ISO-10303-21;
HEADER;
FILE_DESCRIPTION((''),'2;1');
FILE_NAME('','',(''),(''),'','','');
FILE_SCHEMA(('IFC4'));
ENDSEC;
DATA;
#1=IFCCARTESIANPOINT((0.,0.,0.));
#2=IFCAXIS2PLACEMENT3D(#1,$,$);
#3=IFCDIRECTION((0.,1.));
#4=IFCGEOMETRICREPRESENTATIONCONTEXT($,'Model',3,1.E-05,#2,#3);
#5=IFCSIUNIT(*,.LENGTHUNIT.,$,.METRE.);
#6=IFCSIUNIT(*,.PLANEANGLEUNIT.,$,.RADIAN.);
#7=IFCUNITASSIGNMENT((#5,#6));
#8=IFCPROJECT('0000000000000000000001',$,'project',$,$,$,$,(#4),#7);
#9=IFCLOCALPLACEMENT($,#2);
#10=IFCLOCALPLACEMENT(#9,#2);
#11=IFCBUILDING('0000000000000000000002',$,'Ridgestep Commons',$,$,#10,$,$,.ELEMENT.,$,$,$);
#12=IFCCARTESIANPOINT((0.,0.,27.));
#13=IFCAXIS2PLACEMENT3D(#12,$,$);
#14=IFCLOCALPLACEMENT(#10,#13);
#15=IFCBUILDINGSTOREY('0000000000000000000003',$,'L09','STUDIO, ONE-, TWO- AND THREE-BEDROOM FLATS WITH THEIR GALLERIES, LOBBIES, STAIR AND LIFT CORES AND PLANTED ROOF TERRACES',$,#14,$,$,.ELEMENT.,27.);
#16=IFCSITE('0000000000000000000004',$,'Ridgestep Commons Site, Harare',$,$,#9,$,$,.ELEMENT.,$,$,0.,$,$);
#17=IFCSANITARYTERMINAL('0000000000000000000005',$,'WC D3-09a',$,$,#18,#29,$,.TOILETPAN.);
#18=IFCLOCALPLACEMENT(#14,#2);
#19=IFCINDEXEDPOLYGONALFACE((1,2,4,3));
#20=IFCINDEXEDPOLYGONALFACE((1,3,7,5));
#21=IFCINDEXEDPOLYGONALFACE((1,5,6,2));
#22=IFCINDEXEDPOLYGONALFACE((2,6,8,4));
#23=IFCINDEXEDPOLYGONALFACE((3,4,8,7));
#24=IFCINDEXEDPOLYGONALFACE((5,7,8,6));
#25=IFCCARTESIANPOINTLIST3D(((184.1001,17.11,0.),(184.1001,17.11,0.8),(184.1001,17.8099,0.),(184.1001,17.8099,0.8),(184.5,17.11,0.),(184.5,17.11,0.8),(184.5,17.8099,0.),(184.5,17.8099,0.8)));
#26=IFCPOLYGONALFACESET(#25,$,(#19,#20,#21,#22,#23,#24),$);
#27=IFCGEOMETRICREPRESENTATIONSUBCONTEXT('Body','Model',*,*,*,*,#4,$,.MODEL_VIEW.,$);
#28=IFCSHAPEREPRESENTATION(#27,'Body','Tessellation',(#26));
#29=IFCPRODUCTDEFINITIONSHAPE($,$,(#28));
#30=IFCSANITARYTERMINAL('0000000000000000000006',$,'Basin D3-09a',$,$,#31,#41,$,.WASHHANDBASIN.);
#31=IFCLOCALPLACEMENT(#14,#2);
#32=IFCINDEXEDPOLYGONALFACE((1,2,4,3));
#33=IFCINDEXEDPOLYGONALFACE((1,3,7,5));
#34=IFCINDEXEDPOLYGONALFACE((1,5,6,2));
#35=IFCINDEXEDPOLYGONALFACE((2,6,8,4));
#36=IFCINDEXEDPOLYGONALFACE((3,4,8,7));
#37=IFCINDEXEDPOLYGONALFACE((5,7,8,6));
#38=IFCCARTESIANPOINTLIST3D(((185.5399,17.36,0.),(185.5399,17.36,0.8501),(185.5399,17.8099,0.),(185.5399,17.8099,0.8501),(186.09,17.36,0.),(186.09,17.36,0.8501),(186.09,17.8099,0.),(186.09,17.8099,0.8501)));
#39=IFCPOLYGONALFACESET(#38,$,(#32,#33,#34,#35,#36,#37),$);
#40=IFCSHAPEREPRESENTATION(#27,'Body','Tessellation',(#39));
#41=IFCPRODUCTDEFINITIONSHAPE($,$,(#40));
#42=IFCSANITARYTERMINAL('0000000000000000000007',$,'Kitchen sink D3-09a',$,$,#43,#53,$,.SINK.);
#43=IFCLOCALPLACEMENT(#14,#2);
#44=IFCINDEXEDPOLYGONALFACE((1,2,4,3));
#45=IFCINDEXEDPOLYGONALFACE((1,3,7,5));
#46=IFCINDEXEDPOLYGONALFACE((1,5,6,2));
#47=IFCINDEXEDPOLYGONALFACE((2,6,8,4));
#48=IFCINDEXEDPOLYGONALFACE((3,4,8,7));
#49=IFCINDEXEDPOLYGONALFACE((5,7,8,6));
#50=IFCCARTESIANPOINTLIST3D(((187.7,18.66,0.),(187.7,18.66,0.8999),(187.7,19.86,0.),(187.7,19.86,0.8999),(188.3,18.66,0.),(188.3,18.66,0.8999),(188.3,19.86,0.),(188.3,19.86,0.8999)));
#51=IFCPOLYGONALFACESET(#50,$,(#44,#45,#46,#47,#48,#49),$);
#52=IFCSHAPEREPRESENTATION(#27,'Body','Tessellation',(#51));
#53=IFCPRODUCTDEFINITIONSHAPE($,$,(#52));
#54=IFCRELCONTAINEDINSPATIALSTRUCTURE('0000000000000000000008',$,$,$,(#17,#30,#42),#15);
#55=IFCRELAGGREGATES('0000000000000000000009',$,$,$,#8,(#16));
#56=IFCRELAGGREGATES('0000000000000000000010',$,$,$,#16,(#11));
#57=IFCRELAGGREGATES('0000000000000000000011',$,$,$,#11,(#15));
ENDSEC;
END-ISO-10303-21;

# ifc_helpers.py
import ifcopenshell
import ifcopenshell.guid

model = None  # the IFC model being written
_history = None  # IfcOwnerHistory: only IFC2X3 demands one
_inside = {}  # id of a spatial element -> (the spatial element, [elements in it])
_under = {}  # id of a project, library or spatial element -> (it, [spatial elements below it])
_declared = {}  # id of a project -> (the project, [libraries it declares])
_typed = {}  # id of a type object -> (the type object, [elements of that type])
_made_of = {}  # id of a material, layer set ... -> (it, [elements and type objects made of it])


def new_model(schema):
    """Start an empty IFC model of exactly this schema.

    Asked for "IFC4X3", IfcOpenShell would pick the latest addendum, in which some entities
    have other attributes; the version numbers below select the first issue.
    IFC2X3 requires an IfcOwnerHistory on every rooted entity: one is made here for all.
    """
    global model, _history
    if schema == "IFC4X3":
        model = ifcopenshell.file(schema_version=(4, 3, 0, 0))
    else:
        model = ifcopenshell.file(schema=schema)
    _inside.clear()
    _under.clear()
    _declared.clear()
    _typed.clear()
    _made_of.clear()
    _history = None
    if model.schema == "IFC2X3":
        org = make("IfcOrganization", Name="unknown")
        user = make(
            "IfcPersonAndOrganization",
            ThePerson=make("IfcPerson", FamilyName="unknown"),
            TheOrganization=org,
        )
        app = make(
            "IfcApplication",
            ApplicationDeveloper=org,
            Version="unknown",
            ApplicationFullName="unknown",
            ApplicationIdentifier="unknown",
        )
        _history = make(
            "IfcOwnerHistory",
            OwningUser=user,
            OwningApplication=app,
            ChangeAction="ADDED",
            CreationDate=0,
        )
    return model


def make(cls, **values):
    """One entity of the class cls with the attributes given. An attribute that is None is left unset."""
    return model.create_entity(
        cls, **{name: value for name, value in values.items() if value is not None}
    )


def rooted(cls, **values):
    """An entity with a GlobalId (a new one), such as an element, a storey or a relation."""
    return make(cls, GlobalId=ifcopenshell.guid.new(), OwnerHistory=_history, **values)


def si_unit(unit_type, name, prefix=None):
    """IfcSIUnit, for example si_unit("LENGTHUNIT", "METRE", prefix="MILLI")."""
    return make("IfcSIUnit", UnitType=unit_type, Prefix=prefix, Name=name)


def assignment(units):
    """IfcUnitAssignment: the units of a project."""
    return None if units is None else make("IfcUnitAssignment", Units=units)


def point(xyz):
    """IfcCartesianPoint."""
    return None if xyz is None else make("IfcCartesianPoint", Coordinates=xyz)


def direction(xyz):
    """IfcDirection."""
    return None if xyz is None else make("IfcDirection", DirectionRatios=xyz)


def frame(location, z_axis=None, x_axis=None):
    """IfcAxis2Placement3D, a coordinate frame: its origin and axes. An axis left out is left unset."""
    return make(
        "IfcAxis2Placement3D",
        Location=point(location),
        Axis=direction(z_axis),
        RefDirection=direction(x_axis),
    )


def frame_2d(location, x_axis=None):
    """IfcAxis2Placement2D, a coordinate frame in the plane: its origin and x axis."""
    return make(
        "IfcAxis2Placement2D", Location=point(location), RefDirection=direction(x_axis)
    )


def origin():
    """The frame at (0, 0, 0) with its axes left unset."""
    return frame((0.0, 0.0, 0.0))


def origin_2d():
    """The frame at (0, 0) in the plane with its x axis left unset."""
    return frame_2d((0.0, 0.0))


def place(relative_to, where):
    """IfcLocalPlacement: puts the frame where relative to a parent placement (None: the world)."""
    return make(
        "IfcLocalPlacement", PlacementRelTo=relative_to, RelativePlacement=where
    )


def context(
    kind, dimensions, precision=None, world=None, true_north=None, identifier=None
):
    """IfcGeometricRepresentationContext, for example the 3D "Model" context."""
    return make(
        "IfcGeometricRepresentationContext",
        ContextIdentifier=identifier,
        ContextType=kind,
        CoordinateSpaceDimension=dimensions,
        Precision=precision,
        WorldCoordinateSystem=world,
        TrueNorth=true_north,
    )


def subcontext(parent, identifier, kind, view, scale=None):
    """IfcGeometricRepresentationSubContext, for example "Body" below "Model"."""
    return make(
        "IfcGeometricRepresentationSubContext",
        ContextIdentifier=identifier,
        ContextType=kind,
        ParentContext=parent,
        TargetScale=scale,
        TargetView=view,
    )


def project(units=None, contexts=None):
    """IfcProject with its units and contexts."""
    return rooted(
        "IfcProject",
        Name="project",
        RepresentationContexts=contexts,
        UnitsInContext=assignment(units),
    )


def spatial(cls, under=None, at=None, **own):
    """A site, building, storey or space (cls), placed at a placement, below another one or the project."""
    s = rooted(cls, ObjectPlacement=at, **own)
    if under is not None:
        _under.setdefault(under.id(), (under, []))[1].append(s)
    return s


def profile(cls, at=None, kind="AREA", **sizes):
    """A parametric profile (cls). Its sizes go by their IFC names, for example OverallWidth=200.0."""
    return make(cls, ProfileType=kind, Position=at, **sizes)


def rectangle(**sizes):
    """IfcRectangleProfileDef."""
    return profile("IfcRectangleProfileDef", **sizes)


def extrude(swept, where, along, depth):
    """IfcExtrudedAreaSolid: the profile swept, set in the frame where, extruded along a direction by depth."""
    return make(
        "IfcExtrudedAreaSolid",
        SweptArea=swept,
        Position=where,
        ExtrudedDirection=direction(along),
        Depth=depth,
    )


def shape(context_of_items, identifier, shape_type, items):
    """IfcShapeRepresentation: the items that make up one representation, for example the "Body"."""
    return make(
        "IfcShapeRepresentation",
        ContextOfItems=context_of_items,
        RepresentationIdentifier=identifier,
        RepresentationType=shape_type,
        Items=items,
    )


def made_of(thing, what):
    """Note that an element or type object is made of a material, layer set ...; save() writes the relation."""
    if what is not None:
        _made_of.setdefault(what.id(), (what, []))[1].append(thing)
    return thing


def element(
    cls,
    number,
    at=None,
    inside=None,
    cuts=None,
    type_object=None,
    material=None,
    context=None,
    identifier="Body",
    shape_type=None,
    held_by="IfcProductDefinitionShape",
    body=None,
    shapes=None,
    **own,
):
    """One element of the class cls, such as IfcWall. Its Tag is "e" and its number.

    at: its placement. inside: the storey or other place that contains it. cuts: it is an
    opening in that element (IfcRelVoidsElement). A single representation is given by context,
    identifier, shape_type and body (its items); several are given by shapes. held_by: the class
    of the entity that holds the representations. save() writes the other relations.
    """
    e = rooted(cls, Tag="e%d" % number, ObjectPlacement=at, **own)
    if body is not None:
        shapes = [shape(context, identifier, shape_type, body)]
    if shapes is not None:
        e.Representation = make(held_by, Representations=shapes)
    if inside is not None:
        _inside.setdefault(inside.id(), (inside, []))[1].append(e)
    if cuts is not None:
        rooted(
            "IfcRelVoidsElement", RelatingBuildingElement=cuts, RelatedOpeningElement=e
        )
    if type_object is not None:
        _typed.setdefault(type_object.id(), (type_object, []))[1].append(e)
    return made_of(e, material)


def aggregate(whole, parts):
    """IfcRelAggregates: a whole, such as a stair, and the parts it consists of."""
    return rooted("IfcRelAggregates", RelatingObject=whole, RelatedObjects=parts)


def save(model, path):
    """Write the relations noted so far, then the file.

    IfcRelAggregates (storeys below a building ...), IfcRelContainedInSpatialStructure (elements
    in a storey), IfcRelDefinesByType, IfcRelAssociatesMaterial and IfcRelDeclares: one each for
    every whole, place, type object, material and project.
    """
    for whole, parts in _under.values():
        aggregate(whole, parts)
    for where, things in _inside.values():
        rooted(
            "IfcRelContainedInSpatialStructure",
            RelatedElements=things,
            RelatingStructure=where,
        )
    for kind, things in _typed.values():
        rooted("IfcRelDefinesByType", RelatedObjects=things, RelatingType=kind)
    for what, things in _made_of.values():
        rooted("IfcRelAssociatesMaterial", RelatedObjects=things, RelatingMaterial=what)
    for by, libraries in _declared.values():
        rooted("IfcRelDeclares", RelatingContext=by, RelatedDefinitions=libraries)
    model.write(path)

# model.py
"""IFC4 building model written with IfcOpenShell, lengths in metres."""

from ifc_helpers import new_model, si_unit, direction, frame, origin, origin_2d, place, context, subcontext, project, spatial, rectangle, extrude, element, save


model = new_model("IFC4")

# Units and contexts
model_context = context("Model", 3, precision=1e-05, world=origin(), true_north=direction((0.0, 1.0)))
body_context = subcontext(model_context, "Body", "Model", "MODEL_VIEW")
ifc_project = project(units=[si_unit("LENGTHUNIT", "METRE"), si_unit("PLANEANGLEUNIT", "RADIAN")], contexts=[model_context])

# Site, building, storey
site_placement = place(None, origin())
site = spatial("IfcSite", under=ifc_project, at=site_placement, Name="Ridgestep Commons Site, Harare", CompositionType="ELEMENT", RefElevation=0.0)
building_placement = place(site_placement, origin())
building = spatial("IfcBuilding", under=site, at=building_placement, Name="Ridgestep Commons", CompositionType="ELEMENT")
storey_placement = place(building_placement, frame((0.0, 0.0, 27.0)))
storey = spatial("IfcBuildingStorey", under=building, at=storey_placement, Name="L09", Description="STUDIO, ONE-, TWO- AND THREE-BEDROOM FLATS WITH THEIR GALLERIES, LOBBIES, STAIR AND LIFT CORES AND PLANTED ROOF TERRACES", CompositionType="ELEMENT", Elevation=27.0)

# Sanitary terminals
sanitary_terminal_1_placement = place(storey_placement, frame((184.3, 17.46, 0.0), z_axis=(0.0, 0.0, 1.0), x_axis=(1.0, 0.0, 0.0)))
element("IfcSanitaryTerminal", 1, at=sanitary_terminal_1_placement, inside=storey, Name="WC D3-09a", PredefinedType="TOILETPAN", context=body_context, shape_type="SweptSolid", body=[
    extrude(rectangle(XDim=0.3999, YDim=0.7, at=origin_2d()), origin(), (0.0, 0.0, 1.0), 0.8),
])
sanitary_terminal_2_placement = place(storey_placement, frame((185.8149, 17.585, 0.0), z_axis=(0.0, 0.0, 1.0), x_axis=(1.0, 0.0, 0.0)))
element("IfcSanitaryTerminal", 2, at=sanitary_terminal_2_placement, inside=storey, Name="Basin D3-09a", PredefinedType="WASHHANDBASIN", context=body_context, shape_type="SweptSolid", body=[
    extrude(rectangle(XDim=0.55, YDim=0.45, at=origin_2d()), origin(), (0.0, 0.0, 1.0), 0.8501),
])
sanitary_terminal_3_placement = place(storey_placement, frame((188.0, 19.26, 0.0), z_axis=(0.0, 0.0, 1.0), x_axis=(1.0, 0.0, 0.0)))
element("IfcSanitaryTerminal", 3, at=sanitary_terminal_3_placement, inside=storey, Name="Kitchen sink D3-09a", PredefinedType="SINK", context=body_context, shape_type="SweptSolid", body=[
    extrude(rectangle(XDim=0.6001, YDim=1.2, at=origin_2d()), origin(), (0.0, 0.0, 1.0), 0.8999),
])

save(model, "model.ifc")
